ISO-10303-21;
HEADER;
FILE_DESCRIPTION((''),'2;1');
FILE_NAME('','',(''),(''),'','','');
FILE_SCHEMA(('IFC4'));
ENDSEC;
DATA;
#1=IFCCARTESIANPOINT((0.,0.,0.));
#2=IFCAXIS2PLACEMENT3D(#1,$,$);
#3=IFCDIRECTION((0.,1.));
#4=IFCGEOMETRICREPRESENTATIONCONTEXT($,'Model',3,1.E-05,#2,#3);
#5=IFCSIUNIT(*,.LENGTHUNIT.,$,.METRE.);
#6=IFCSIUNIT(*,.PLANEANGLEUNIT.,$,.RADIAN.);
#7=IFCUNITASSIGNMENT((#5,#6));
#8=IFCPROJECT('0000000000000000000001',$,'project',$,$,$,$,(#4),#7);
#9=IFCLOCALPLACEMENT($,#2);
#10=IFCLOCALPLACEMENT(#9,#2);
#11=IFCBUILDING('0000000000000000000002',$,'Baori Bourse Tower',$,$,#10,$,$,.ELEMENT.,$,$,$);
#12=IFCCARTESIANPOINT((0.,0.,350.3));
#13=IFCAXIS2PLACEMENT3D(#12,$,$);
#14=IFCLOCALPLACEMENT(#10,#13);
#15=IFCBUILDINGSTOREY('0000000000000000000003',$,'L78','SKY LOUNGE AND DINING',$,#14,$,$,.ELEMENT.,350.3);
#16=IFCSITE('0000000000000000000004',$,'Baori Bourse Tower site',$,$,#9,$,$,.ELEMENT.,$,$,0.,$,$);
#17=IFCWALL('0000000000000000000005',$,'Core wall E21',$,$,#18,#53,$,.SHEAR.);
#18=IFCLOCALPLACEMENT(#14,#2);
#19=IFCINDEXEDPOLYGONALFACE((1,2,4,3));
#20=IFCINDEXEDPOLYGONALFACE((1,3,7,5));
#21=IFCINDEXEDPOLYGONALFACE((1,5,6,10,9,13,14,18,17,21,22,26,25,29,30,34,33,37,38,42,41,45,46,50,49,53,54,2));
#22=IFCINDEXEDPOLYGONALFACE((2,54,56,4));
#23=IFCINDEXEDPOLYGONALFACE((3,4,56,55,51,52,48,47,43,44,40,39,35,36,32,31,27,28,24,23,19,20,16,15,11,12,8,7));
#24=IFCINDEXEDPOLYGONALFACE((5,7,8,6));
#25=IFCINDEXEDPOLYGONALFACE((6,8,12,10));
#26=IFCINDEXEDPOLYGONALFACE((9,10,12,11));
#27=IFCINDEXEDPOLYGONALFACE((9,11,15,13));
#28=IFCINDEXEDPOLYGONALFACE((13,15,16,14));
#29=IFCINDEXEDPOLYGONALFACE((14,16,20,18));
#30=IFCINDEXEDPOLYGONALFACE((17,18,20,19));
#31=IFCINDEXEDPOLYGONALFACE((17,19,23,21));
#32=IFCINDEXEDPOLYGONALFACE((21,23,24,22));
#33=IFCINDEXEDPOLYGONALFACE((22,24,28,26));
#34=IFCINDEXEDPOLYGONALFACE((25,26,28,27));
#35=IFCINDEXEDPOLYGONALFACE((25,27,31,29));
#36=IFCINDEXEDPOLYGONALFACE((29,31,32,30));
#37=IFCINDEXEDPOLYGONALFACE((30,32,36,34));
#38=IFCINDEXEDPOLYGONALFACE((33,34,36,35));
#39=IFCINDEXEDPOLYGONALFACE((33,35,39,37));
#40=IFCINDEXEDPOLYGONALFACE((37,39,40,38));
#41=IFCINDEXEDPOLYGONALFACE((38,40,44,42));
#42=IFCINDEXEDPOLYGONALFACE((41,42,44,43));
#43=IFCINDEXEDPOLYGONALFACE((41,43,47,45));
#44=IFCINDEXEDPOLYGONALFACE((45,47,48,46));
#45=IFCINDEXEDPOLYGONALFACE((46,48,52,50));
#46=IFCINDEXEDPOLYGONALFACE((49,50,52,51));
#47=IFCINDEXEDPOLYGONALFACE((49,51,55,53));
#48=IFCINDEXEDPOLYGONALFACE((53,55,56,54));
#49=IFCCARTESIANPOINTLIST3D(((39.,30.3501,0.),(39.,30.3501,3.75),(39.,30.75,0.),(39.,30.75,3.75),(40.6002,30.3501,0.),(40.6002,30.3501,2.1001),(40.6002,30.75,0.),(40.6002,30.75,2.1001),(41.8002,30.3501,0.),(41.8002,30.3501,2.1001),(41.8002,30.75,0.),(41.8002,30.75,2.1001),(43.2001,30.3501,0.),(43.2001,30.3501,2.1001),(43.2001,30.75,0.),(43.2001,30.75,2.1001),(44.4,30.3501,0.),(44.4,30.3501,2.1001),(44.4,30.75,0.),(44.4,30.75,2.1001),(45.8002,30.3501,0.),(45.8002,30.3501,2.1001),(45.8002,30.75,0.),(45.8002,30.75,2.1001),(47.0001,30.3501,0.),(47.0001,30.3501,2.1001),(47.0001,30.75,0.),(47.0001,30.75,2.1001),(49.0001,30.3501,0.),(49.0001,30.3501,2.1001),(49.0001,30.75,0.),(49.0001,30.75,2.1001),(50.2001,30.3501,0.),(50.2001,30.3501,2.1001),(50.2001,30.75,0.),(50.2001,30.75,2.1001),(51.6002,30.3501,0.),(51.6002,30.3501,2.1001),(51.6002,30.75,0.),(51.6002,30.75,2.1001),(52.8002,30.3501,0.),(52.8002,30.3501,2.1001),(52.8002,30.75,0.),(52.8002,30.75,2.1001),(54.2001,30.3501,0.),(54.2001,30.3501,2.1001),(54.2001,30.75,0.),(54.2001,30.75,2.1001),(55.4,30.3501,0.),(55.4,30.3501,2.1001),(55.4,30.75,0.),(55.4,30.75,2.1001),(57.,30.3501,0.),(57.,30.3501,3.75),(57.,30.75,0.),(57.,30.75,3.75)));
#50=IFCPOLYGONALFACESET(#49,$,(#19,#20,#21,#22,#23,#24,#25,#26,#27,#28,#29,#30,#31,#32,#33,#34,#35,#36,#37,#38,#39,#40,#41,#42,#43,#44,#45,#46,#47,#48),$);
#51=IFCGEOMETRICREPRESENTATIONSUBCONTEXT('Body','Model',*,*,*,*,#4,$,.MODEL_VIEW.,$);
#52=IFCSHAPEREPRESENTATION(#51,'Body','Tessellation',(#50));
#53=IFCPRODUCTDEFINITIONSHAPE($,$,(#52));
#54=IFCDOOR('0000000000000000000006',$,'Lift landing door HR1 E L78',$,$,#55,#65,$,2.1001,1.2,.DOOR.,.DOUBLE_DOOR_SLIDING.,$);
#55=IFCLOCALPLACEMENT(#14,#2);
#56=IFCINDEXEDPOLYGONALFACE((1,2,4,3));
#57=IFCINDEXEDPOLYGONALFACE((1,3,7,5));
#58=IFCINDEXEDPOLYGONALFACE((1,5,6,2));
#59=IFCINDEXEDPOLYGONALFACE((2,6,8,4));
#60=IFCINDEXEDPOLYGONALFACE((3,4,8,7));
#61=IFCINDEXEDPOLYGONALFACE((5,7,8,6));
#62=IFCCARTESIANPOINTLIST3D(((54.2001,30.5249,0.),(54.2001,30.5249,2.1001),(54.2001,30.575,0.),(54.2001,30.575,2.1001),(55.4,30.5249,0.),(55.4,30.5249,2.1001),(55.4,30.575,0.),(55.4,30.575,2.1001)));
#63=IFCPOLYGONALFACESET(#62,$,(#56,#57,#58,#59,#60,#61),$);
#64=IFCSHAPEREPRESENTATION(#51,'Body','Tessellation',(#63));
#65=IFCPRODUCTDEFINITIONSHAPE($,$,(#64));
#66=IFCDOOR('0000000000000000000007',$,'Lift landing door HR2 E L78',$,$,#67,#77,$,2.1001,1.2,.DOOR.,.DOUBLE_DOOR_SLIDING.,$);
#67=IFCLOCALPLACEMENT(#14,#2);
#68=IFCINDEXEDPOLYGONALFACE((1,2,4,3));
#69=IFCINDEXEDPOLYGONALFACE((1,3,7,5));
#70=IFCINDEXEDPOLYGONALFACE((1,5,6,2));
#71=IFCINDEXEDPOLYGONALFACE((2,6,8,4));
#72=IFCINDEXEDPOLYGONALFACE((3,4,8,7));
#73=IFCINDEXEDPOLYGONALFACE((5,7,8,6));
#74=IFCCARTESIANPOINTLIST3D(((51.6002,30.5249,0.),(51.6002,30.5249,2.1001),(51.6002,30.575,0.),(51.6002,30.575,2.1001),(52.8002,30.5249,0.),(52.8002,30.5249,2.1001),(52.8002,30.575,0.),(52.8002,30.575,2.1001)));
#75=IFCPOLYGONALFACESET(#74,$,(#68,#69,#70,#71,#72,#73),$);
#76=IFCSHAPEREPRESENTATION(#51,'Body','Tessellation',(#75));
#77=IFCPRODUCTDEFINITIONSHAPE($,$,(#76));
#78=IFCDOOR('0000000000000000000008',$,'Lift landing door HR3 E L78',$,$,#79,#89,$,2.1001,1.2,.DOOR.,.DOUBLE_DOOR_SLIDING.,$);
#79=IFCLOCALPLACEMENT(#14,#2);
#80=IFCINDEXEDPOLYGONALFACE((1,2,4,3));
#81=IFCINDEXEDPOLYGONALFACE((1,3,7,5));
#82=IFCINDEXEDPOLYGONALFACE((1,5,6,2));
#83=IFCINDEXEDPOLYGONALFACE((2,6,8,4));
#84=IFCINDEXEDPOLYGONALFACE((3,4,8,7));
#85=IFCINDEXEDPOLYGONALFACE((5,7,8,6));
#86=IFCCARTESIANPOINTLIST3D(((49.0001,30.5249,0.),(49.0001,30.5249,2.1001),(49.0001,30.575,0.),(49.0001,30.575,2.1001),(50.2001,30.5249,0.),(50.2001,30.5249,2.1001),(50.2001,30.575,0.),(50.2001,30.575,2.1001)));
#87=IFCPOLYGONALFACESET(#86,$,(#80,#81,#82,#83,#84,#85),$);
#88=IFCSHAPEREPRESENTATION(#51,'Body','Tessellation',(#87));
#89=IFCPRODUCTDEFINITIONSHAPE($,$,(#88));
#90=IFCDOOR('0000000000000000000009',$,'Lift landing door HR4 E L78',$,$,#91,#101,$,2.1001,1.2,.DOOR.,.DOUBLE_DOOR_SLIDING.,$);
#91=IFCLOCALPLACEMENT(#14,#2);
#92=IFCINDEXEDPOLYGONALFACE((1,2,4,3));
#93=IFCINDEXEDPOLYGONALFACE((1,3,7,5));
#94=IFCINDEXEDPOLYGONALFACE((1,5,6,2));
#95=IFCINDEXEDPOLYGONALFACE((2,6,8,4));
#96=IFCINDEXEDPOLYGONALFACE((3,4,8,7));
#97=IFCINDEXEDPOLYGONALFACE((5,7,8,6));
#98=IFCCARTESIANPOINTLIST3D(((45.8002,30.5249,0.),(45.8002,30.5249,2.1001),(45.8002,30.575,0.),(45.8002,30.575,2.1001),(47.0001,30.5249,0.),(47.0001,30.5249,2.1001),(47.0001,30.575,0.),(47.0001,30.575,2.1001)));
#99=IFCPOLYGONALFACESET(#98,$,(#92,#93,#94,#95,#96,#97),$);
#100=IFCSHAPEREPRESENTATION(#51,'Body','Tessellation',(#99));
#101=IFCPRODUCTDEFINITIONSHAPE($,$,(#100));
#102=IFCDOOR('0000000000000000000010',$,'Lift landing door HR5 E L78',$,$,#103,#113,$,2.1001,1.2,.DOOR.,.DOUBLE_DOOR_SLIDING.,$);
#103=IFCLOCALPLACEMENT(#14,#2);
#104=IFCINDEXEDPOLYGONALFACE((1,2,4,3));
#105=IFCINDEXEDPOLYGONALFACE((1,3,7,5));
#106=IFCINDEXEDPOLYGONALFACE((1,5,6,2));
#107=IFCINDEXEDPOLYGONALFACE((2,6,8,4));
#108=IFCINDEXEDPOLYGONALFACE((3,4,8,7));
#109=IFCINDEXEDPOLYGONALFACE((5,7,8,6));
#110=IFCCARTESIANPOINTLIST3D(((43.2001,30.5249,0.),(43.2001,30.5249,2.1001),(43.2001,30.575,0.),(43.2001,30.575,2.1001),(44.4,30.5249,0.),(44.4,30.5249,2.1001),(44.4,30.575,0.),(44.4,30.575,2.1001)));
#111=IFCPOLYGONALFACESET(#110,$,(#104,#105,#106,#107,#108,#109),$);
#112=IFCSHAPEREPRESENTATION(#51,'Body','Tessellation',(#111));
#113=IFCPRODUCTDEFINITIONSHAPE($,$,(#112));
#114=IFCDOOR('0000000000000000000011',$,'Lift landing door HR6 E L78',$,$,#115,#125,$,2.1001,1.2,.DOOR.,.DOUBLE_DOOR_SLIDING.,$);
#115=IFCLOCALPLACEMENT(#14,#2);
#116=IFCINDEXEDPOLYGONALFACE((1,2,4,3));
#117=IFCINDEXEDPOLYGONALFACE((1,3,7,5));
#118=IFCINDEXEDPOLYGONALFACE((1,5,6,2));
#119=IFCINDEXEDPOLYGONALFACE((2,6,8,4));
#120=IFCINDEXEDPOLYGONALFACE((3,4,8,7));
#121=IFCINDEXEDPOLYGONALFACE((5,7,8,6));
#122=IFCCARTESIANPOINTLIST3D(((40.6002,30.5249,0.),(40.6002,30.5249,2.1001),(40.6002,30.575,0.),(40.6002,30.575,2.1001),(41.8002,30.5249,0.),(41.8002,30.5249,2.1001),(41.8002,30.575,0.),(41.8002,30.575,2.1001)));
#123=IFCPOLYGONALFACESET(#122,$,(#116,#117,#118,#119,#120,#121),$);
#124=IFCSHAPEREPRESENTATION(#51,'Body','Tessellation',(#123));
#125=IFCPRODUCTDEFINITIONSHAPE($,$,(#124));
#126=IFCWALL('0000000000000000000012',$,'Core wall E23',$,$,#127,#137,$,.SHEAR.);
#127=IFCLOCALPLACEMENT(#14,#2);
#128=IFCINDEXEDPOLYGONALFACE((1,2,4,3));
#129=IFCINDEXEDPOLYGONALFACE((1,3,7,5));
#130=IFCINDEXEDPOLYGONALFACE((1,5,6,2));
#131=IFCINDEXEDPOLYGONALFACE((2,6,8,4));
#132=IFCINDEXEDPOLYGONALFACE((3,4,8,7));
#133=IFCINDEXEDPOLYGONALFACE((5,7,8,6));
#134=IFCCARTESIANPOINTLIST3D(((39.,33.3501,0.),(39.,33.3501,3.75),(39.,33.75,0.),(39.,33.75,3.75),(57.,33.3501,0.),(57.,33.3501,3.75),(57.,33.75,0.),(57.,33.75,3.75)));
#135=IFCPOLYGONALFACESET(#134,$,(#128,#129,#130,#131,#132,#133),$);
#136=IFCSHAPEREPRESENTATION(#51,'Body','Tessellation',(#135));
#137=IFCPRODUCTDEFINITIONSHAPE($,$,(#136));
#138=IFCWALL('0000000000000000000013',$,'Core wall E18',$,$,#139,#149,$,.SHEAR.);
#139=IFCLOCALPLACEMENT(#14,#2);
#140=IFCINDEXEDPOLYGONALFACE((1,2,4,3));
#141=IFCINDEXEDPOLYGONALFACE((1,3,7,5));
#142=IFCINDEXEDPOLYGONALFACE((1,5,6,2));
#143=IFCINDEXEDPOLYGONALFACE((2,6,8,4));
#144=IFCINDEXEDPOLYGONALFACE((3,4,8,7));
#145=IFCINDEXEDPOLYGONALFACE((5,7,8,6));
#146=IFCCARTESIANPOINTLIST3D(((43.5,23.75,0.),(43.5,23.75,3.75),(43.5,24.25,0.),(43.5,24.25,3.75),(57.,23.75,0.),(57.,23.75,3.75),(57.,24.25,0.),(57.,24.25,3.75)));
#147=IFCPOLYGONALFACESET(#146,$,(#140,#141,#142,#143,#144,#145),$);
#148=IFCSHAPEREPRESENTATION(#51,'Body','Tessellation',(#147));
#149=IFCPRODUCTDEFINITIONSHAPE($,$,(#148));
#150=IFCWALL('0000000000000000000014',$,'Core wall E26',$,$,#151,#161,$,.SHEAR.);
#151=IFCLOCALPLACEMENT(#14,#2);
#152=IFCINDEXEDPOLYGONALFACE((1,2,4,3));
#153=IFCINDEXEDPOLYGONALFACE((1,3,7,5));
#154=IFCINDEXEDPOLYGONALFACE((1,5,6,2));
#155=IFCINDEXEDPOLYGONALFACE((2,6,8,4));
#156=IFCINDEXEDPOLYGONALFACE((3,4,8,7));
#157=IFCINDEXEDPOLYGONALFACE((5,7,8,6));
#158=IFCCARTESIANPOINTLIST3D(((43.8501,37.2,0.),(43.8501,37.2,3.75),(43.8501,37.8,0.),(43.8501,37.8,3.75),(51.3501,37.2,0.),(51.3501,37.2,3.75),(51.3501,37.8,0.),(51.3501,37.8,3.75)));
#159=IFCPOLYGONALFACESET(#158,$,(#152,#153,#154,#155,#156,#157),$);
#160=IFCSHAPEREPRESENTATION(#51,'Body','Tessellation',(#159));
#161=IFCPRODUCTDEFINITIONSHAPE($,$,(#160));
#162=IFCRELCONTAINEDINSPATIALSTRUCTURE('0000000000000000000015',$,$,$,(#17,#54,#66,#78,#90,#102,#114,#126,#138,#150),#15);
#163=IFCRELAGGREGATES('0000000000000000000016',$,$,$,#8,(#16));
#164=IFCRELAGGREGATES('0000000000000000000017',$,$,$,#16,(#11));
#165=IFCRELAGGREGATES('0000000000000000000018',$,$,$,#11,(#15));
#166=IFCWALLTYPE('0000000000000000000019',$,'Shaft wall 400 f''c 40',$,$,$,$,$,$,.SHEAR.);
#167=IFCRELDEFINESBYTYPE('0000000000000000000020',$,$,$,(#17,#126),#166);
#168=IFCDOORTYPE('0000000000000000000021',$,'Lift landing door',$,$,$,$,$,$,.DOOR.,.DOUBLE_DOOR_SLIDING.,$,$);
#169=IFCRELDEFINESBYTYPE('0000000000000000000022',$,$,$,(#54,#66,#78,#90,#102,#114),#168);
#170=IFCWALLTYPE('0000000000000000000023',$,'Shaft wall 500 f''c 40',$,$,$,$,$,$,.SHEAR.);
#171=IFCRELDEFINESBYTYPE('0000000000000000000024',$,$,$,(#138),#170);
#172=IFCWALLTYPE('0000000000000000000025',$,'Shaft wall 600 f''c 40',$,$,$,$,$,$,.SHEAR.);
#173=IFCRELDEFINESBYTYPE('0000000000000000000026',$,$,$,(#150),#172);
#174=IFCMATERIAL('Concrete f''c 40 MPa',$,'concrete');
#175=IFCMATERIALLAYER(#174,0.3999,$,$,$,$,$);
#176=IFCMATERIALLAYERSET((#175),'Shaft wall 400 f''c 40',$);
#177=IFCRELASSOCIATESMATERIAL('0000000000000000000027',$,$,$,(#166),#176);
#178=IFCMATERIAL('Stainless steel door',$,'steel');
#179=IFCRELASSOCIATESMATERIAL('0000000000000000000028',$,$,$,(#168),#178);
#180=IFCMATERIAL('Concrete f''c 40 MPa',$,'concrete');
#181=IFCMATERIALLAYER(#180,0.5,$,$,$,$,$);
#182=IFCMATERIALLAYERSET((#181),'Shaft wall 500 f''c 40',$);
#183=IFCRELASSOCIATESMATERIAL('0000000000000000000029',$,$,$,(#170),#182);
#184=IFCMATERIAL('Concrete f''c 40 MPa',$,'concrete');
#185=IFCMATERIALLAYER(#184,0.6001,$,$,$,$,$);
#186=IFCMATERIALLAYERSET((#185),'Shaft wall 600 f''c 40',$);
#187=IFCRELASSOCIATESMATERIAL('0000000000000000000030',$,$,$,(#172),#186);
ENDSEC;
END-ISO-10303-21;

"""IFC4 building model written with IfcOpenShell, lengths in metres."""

from ifc_helpers import new_model, si_unit, direction, frame, frame_2d, origin, place, context, subcontext, project, spatial, rectangle, extrude, material, layer, layer_set, type_object, element, fill, save


model = new_model("IFC4")

# Units and contexts
model_context = context("Model", 3, precision=1e-05, world=origin(), true_north=direction((0.0, 1.0)))
body_context = subcontext(model_context, "Body", "Model", "MODEL_VIEW")
ifc_project = project(units=[si_unit("LENGTHUNIT", "METRE"), si_unit("PLANEANGLEUNIT", "RADIAN")], contexts=[model_context])

# Site, building, storey
site_placement = place(None, origin())
site = spatial("IfcSite", under=ifc_project, at=site_placement, Name="Baori Bourse Tower site", CompositionType="ELEMENT", RefElevation=0.0)
building_placement = place(site_placement, origin())
building = spatial("IfcBuilding", under=site, at=building_placement, Name="Baori Bourse Tower", CompositionType="ELEMENT")
storey_placement = place(building_placement, frame((0.0, 0.0, 350.3)))
storey = spatial("IfcBuildingStorey", under=building, at=storey_placement, Name="L78", Description="SKY LOUNGE AND DINING", CompositionType="ELEMENT", Elevation=350.3)

# Wall, openings, doors
ifc_material_1 = material(Name="Concrete f'c 40 MPa", Category="concrete")
ifc_layer_1 = layer(ifc_material_1, 0.3999)
ifc_layer_set_1 = layer_set([ifc_layer_1], Name="Shaft wall 400 f'c 40")
wall_type_1 = type_object("IfcWallType", Name="Shaft wall 400 f'c 40", PredefinedType="SHEAR", material=ifc_layer_set_1)
ifc_material_2 = material(Name="Stainless steel door", Category="steel")
door_type_1 = type_object("IfcDoorType", Name="Lift landing door", OperationType="DOUBLE_DOOR_SLIDING", PredefinedType="DOOR", material=ifc_material_2)
wall_1_placement = place(storey_placement, frame((39.0, 30.55, 0.0), z_axis=(0.0, 0.0, 1.0), x_axis=(1.0, 0.0, 0.0)))
wall_1 = element("IfcWall", 1, at=wall_1_placement, inside=storey, type_object=wall_type_1, Name="Core wall E21", PredefinedType="SHEAR", context=body_context, shape_type="SweptSolid", body=[
    extrude(rectangle(XDim=18.0, YDim=0.3999, at=frame_2d((9.0, 0.0))), origin(), (0.0, 0.0, 1.0), 3.75),
])
opening_1_placement = place(wall_1_placement, frame((15.2, 0.0, 0.0)))
opening_1 = element("IfcOpeningElement", 2, at=opening_1_placement, cuts=wall_1, PredefinedType="OPENING", context=body_context, shape_type="SweptSolid", body=[
    extrude(rectangle(XDim=1.2, YDim=2.1001, at=frame_2d((0.6001, 1.05))), frame((0.0, 0.21, 0.0), z_axis=(0.0, -1.0, 0.0), x_axis=(1.0, 0.0, 0.0)), (0.0, 0.0, 1.0), 0.4199),
])
opening_2_placement = place(wall_1_placement, frame((12.6001, 0.0, 0.0)))
opening_2 = element("IfcOpeningElement", 3, at=opening_2_placement, cuts=wall_1, PredefinedType="OPENING", context=body_context, shape_type="SweptSolid", body=[
    extrude(rectangle(XDim=1.2, YDim=2.1001, at=frame_2d((0.6001, 1.05))), frame((0.0, 0.21, 0.0), z_axis=(0.0, -1.0, 0.0), x_axis=(1.0, 0.0, 0.0)), (0.0, 0.0, 1.0), 0.4199),
])
opening_3_placement = place(wall_1_placement, frame((10.0, 0.0, 0.0)))
opening_3 = element("IfcOpeningElement", 4, at=opening_3_placement, cuts=wall_1, PredefinedType="OPENING", context=body_context, shape_type="SweptSolid", body=[
    extrude(rectangle(XDim=1.2, YDim=2.1001, at=frame_2d((0.6001, 1.05))), frame((0.0, 0.21, 0.0), z_axis=(0.0, -1.0, 0.0), x_axis=(1.0, 0.0, 0.0)), (0.0, 0.0, 1.0), 0.4199),
])
opening_4_placement = place(wall_1_placement, frame((6.8, 0.0, 0.0)))
opening_4 = element("IfcOpeningElement", 5, at=opening_4_placement, cuts=wall_1, PredefinedType="OPENING", context=body_context, shape_type="SweptSolid", body=[
    extrude(rectangle(XDim=1.2, YDim=2.1001, at=frame_2d((0.6001, 1.05))), frame((0.0, 0.21, 0.0), z_axis=(0.0, -1.0, 0.0), x_axis=(1.0, 0.0, 0.0)), (0.0, 0.0, 1.0), 0.4199),
])
opening_5_placement = place(wall_1_placement, frame((4.2, 0.0, 0.0)))
opening_5 = element("IfcOpeningElement", 6, at=opening_5_placement, cuts=wall_1, PredefinedType="OPENING", context=body_context, shape_type="SweptSolid", body=[
    extrude(rectangle(XDim=1.2, YDim=2.1001, at=frame_2d((0.6001, 1.05))), frame((0.0, 0.21, 0.0), z_axis=(0.0, -1.0, 0.0), x_axis=(1.0, 0.0, 0.0)), (0.0, 0.0, 1.0), 0.4199),
])
opening_6_placement = place(wall_1_placement, frame((1.6001, 0.0, 0.0)))
opening_6 = element("IfcOpeningElement", 7, at=opening_6_placement, cuts=wall_1, PredefinedType="OPENING", context=body_context, shape_type="SweptSolid", body=[
    extrude(rectangle(XDim=1.2, YDim=2.1001, at=frame_2d((0.6001, 1.05))), frame((0.0, 0.21, 0.0), z_axis=(0.0, -1.0, 0.0), x_axis=(1.0, 0.0, 0.0)), (0.0, 0.0, 1.0), 0.4199),
])
door_1_placement = place(opening_1_placement, origin())
door_1 = element("IfcDoor", 8, at=door_1_placement, inside=storey, type_object=door_type_1, Name="Lift landing door HR1 E L78", OperationType="DOUBLE_DOOR_SLIDING", OverallHeight=2.1001, OverallWidth=1.2, PredefinedType="DOOR", context=body_context, shape_type="SweptSolid", body=[
    extrude(rectangle(XDim=1.2, YDim=2.1001, at=frame_2d((0.6001, 1.05))), frame((0.0, 0.0249, 0.0), z_axis=(0.0, -1.0, 0.0), x_axis=(1.0, 0.0, 0.0)), (0.0, 0.0, 1.0), 0.05),
])
fill(opening_1, door_1)
door_2_placement = place(opening_2_placement, origin())
door_2 = element("IfcDoor", 9, at=door_2_placement, inside=storey, type_object=door_type_1, Name="Lift landing door HR2 E L78", OperationType="DOUBLE_DOOR_SLIDING", OverallHeight=2.1001, OverallWidth=1.2, PredefinedType="DOOR", context=body_context, shape_type="SweptSolid", body=[
    extrude(rectangle(XDim=1.2, YDim=2.1001, at=frame_2d((0.6001, 1.05))), frame((0.0, 0.0249, 0.0), z_axis=(0.0, -1.0, 0.0), x_axis=(1.0, 0.0, 0.0)), (0.0, 0.0, 1.0), 0.05),
])
fill(opening_2, door_2)
door_3_placement = place(opening_3_placement, origin())
door_3 = element("IfcDoor", 10, at=door_3_placement, inside=storey, type_object=door_type_1, Name="Lift landing door HR3 E L78", OperationType="DOUBLE_DOOR_SLIDING", OverallHeight=2.1001, OverallWidth=1.2, PredefinedType="DOOR", context=body_context, shape_type="SweptSolid", body=[
    extrude(rectangle(XDim=1.2, YDim=2.1001, at=frame_2d((0.6001, 1.05))), frame((0.0, 0.0249, 0.0), z_axis=(0.0, -1.0, 0.0), x_axis=(1.0, 0.0, 0.0)), (0.0, 0.0, 1.0), 0.05),
])
fill(opening_3, door_3)
door_4_placement = place(opening_4_placement, origin())
door_4 = element("IfcDoor", 11, at=door_4_placement, inside=storey, type_object=door_type_1, Name="Lift landing door HR4 E L78", OperationType="DOUBLE_DOOR_SLIDING", OverallHeight=2.1001, OverallWidth=1.2, PredefinedType="DOOR", context=body_context, shape_type="SweptSolid", body=[
    extrude(rectangle(XDim=1.2, YDim=2.1001, at=frame_2d((0.6001, 1.05))), frame((0.0, 0.0249, 0.0), z_axis=(0.0, -1.0, 0.0), x_axis=(1.0, 0.0, 0.0)), (0.0, 0.0, 1.0), 0.05),
])
fill(opening_4, door_4)
door_5_placement = place(opening_5_placement, origin())
door_5 = element("IfcDoor", 12, at=door_5_placement, inside=storey, type_object=door_type_1, Name="Lift landing door HR5 E L78", OperationType="DOUBLE_DOOR_SLIDING", OverallHeight=2.1001, OverallWidth=1.2, PredefinedType="DOOR", context=body_context, shape_type="SweptSolid", body=[
    extrude(rectangle(XDim=1.2, YDim=2.1001, at=frame_2d((0.6001, 1.05))), frame((0.0, 0.0249, 0.0), z_axis=(0.0, -1.0, 0.0), x_axis=(1.0, 0.0, 0.0)), (0.0, 0.0, 1.0), 0.05),
])
fill(opening_5, door_5)
door_6_placement = place(opening_6_placement, origin())
door_6 = element("IfcDoor", 13, at=door_6_placement, inside=storey, type_object=door_type_1, Name="Lift landing door HR6 E L78", OperationType="DOUBLE_DOOR_SLIDING", OverallHeight=2.1001, OverallWidth=1.2, PredefinedType="DOOR", context=body_context, shape_type="SweptSolid", body=[
    extrude(rectangle(XDim=1.2, YDim=2.1001, at=frame_2d((0.6001, 1.05))), frame((0.0, 0.0249, 0.0), z_axis=(0.0, -1.0, 0.0), x_axis=(1.0, 0.0, 0.0)), (0.0, 0.0, 1.0), 0.05),
])
fill(opening_6, door_6)

# Walls
wall_2_placement = place(storey_placement, frame((39.0, 33.55, 0.0), z_axis=(0.0, 0.0, 1.0), x_axis=(1.0, 0.0, 0.0)))
element("IfcWall", 14, at=wall_2_placement, inside=storey, type_object=wall_type_1, Name="Core wall E23", PredefinedType="SHEAR", context=body_context, shape_type="SweptSolid", body=[
    extrude(rectangle(XDim=18.0, YDim=0.3999, at=frame_2d((9.0, 0.0))), origin(), (0.0, 0.0, 1.0), 3.75),
])
ifc_material_3 = material(Name="Concrete f'c 40 MPa", Category="concrete")
ifc_layer_2 = layer(ifc_material_3, 0.5)
ifc_layer_set_2 = layer_set([ifc_layer_2], Name="Shaft wall 500 f'c 40")
wall_type_2 = type_object("IfcWallType", Name="Shaft wall 500 f'c 40", PredefinedType="SHEAR", material=ifc_layer_set_2)
wall_3_placement = place(storey_placement, frame((43.5, 24.0, 0.0), z_axis=(0.0, 0.0, 1.0), x_axis=(1.0, 0.0, 0.0)))
element("IfcWall", 15, at=wall_3_placement, inside=storey, type_object=wall_type_2, Name="Core wall E18", PredefinedType="SHEAR", context=body_context, shape_type="SweptSolid", body=[
    extrude(rectangle(XDim=13.5, YDim=0.5, at=frame_2d((6.75, 0.0))), origin(), (0.0, 0.0, 1.0), 3.75),
])
ifc_material_4 = material(Name="Concrete f'c 40 MPa", Category="concrete")
ifc_layer_3 = layer(ifc_material_4, 0.6001)
ifc_layer_set_3 = layer_set([ifc_layer_3], Name="Shaft wall 600 f'c 40")
wall_type_3 = type_object("IfcWallType", Name="Shaft wall 600 f'c 40", PredefinedType="SHEAR", material=ifc_layer_set_3)
wall_4_placement = place(storey_placement, frame((43.8501, 37.5, 0.0), z_axis=(0.0, 0.0, 1.0), x_axis=(1.0, 0.0, 0.0)))
element("IfcWall", 16, at=wall_4_placement, inside=storey, type_object=wall_type_3, Name="Core wall E26", PredefinedType="SHEAR", context=body_context, shape_type="SweptSolid", body=[
    extrude(rectangle(XDim=7.5, YDim=0.6001, at=frame_2d((3.75, 0.0))), origin(), (0.0, 0.0, 1.0), 3.75),
])

save(model, "model.ifc")
